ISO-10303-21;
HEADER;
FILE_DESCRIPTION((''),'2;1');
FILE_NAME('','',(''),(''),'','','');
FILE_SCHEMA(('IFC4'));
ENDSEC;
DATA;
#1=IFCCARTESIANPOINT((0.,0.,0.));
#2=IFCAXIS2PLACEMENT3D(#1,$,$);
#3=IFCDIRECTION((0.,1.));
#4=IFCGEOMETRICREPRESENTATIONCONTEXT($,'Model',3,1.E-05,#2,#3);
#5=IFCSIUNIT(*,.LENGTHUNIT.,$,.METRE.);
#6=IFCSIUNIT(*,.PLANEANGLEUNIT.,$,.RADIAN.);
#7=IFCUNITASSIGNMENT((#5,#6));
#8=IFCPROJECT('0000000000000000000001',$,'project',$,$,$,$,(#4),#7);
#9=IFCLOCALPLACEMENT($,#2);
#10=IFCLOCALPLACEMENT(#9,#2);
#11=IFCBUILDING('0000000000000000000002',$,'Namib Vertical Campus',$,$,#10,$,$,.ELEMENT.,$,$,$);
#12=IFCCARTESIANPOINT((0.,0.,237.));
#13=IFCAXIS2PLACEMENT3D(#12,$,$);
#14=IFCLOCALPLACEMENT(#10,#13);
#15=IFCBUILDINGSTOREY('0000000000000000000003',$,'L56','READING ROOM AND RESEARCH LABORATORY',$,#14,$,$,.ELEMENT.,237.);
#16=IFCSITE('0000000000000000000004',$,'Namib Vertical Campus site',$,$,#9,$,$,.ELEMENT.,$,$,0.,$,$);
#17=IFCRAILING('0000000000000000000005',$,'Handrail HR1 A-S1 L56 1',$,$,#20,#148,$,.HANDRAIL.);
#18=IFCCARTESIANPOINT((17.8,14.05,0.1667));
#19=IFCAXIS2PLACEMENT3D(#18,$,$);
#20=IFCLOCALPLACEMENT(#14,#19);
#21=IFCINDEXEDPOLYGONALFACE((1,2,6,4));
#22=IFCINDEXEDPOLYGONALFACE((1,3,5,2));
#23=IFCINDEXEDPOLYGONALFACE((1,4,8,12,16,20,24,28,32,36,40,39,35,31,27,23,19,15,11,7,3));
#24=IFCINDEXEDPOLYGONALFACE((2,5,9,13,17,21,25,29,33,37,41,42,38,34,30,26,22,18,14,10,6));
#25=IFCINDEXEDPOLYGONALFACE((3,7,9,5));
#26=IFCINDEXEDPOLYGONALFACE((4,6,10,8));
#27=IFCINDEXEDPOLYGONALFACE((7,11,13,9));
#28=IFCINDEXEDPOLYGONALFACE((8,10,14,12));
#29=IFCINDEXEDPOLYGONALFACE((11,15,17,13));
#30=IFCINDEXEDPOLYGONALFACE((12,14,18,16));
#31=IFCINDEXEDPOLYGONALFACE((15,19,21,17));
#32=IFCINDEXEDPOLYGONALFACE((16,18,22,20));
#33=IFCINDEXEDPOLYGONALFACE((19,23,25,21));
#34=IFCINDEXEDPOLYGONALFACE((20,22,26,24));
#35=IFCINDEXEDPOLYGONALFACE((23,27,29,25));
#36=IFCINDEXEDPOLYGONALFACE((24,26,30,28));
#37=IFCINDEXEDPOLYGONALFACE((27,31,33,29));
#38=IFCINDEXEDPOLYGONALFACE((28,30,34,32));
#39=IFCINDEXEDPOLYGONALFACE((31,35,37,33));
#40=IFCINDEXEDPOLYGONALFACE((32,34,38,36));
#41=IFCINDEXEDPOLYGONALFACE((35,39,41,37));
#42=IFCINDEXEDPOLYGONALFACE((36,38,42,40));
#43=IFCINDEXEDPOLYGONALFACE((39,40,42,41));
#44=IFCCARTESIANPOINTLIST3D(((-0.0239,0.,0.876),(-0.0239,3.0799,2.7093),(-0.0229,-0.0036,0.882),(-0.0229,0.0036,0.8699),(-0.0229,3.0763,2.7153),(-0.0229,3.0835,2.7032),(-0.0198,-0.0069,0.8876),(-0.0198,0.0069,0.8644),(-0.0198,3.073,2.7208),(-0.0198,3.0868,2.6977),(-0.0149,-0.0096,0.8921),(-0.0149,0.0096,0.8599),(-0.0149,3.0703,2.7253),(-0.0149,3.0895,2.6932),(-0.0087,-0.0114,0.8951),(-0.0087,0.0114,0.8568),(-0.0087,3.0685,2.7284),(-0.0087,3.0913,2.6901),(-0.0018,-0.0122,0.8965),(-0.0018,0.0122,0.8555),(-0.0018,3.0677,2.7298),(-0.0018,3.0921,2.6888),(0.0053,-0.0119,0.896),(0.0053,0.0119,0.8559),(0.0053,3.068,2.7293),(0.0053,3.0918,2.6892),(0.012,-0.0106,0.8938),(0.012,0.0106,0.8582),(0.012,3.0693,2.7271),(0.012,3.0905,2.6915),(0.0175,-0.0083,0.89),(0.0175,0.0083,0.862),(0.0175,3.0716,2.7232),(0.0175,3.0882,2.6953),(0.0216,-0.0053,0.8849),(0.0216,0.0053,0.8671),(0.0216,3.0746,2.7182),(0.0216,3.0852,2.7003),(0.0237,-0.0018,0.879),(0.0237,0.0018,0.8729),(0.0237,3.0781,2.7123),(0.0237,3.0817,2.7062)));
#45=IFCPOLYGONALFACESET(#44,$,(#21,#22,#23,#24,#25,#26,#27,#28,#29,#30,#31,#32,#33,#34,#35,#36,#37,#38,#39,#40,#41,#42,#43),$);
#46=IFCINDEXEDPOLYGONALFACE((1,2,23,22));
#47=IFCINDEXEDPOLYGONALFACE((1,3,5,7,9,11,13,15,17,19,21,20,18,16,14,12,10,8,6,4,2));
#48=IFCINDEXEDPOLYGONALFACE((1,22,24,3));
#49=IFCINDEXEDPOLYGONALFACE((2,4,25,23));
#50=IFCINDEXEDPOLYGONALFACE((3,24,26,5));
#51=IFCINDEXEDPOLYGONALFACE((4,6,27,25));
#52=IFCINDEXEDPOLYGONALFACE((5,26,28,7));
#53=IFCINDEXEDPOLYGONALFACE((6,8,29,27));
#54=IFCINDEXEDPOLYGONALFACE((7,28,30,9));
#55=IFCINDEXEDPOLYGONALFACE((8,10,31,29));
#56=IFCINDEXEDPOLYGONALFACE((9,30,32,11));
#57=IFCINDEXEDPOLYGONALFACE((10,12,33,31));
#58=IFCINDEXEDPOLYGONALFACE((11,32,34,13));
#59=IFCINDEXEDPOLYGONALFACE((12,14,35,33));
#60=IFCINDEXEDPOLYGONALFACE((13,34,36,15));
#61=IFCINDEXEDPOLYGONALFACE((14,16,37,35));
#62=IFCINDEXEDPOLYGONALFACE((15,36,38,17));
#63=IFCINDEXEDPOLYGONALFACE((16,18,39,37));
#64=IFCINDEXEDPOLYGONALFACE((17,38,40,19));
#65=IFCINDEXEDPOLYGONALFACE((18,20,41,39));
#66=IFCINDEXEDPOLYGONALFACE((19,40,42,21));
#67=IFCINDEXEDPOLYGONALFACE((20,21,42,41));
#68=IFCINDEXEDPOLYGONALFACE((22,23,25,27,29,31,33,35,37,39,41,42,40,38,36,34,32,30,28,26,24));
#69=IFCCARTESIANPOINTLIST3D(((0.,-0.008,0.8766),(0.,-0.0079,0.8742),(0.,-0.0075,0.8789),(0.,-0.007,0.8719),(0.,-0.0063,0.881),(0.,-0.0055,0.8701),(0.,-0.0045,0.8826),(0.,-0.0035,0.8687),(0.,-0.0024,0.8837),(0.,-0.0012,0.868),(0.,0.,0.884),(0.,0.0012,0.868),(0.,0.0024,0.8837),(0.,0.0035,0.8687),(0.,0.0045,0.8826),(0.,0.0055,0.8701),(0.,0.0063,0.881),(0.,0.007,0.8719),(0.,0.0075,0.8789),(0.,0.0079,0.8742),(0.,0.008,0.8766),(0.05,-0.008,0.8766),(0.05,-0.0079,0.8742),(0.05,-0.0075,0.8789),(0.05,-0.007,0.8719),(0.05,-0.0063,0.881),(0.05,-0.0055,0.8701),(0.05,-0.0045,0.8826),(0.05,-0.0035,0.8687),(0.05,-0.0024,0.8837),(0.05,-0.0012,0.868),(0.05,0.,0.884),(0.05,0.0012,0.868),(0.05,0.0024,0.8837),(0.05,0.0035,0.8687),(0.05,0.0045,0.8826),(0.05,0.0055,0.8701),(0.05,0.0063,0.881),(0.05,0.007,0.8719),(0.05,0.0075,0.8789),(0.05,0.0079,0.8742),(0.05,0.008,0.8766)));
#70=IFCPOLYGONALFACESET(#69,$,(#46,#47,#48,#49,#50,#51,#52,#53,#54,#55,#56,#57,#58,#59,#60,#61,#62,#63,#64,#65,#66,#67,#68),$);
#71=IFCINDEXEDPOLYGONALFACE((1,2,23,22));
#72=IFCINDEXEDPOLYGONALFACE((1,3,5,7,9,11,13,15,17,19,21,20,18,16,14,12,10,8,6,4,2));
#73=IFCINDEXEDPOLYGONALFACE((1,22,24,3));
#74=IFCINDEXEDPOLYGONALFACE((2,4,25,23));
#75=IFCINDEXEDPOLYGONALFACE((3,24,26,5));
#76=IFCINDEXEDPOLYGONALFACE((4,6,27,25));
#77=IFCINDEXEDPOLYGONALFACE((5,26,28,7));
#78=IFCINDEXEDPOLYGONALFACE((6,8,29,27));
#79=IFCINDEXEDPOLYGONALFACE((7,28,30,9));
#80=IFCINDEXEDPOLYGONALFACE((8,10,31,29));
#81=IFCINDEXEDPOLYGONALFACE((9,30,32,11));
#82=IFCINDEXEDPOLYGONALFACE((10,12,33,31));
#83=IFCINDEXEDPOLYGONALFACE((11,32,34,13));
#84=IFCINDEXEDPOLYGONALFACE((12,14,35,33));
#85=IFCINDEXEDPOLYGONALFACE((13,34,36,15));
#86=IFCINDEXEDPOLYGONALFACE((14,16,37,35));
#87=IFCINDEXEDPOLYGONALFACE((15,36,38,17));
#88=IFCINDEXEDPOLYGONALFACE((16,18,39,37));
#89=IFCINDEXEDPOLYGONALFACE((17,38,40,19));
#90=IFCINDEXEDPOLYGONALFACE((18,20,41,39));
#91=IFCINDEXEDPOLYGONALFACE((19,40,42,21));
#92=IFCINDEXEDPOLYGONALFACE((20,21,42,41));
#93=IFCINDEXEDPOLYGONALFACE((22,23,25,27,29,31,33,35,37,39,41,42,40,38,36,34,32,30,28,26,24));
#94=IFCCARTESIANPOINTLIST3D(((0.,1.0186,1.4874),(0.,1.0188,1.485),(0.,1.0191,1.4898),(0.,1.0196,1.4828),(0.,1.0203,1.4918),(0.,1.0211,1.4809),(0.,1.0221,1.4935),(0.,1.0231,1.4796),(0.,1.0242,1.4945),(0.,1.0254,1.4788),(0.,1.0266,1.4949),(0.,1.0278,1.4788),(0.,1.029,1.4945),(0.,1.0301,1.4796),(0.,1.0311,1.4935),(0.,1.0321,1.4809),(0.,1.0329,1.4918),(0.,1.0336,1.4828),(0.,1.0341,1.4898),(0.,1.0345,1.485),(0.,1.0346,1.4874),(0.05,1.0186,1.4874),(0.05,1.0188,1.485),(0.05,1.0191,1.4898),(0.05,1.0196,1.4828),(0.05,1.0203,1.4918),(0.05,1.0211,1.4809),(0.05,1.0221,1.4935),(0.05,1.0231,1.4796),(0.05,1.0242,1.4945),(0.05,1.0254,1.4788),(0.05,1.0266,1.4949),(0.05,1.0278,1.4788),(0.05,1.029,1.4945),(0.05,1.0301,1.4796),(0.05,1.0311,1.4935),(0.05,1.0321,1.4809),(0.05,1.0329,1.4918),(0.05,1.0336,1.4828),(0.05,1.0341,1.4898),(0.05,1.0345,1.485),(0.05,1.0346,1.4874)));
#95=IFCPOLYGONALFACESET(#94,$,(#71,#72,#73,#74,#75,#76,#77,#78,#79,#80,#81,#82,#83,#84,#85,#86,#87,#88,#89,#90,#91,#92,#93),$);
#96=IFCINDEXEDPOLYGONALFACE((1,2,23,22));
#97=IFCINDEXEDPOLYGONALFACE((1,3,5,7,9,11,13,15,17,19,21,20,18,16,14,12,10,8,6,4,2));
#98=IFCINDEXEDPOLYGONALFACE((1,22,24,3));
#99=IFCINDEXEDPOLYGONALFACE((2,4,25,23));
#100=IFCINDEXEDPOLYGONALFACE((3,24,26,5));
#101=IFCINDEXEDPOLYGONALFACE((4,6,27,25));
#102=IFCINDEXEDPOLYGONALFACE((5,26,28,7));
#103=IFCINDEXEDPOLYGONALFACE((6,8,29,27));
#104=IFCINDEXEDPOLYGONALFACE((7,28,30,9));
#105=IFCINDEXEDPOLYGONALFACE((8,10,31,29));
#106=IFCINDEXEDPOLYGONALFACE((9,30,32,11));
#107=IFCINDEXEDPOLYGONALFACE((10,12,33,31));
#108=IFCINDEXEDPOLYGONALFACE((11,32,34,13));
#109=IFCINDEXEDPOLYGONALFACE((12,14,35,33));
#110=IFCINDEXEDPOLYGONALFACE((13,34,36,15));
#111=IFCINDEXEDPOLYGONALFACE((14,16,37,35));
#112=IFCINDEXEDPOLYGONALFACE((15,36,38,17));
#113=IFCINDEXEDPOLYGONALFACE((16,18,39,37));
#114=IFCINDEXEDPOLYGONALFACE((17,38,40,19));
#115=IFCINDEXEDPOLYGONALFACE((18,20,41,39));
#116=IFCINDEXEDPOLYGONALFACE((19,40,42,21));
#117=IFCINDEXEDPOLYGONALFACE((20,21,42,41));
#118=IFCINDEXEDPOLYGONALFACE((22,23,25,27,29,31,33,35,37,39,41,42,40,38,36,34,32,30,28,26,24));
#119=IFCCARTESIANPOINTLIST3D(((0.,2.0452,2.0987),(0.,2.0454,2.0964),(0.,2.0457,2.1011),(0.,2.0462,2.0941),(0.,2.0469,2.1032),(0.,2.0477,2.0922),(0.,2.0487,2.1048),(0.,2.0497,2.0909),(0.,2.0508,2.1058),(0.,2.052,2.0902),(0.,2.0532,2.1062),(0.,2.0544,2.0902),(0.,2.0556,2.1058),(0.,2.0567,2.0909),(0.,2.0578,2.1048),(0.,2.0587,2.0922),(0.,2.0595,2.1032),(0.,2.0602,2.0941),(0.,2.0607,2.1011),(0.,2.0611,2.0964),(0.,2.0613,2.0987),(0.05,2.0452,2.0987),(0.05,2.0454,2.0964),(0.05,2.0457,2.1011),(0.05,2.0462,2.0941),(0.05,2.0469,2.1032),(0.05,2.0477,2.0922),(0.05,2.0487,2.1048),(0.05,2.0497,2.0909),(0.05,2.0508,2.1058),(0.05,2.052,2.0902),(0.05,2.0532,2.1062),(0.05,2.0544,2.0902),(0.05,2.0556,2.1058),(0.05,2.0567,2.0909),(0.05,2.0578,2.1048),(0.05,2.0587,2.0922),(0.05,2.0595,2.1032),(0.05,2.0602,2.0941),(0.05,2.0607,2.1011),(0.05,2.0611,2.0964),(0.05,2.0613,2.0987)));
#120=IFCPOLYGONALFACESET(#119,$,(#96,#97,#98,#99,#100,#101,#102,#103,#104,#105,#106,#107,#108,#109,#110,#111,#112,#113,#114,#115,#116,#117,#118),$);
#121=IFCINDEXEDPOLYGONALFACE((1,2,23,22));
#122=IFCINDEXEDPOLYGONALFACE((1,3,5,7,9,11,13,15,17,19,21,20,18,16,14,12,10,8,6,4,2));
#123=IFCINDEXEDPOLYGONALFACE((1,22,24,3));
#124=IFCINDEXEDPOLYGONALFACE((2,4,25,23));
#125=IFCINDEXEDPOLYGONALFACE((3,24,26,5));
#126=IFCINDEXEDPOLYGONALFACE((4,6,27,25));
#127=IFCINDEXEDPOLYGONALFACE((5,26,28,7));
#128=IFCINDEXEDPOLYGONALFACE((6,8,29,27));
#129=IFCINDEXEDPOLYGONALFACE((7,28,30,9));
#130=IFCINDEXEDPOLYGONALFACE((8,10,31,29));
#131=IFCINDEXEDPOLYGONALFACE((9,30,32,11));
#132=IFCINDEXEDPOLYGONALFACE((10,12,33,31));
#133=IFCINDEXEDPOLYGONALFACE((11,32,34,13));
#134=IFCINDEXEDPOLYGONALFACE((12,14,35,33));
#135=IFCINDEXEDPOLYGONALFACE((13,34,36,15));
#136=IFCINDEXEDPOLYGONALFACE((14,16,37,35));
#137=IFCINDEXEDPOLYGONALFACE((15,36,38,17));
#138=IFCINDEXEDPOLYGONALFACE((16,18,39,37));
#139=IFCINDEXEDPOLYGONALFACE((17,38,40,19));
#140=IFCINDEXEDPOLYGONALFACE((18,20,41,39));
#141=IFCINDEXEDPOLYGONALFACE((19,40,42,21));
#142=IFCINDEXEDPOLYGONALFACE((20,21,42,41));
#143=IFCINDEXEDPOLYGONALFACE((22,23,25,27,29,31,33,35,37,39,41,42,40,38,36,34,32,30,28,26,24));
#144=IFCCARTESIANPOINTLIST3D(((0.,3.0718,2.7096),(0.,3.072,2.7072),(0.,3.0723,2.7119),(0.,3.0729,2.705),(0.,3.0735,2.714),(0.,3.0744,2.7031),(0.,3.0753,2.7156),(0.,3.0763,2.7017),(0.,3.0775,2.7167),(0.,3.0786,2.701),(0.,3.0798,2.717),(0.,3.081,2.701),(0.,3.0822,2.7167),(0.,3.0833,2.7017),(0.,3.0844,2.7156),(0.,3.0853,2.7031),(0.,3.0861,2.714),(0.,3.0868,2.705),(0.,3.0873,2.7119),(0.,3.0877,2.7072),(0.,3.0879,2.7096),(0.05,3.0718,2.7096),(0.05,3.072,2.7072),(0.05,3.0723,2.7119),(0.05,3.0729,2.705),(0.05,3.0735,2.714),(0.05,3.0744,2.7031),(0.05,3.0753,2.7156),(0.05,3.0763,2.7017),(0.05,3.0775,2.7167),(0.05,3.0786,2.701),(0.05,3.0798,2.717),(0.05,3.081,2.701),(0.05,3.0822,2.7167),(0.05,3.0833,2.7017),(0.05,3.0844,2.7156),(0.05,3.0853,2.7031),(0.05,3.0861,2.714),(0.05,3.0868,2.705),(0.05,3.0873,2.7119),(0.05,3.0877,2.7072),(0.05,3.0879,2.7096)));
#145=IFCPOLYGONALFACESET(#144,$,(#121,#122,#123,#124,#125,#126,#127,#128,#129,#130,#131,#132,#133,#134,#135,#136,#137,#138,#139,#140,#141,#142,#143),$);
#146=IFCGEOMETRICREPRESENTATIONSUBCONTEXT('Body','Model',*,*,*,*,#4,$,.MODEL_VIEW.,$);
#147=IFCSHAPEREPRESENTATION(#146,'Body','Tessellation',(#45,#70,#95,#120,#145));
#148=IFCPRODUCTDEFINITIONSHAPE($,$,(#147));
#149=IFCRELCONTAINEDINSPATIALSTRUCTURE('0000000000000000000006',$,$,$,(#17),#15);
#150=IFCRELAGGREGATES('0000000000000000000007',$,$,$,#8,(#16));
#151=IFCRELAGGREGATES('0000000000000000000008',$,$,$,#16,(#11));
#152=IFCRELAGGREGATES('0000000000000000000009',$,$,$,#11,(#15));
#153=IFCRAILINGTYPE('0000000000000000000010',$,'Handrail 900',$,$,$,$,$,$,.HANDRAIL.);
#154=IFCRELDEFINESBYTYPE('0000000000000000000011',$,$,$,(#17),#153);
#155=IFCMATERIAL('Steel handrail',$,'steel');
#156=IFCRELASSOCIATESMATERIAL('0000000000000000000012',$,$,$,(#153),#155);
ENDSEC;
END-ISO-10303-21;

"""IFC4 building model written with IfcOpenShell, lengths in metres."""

from ifc_helpers import new_model, si_unit, direction, frame, origin, origin_2d, place, context, subcontext, project, spatial, circle, extrude, material, type_object, element, save


model = new_model("IFC4")

# Units and contexts
model_context = context("Model", 3, precision=1e-05, world=origin(), true_north=direction((0.0, 1.0)))
body_context = subcontext(model_context, "Body", "Model", "MODEL_VIEW")
ifc_project = project(units=[si_unit("LENGTHUNIT", "METRE"), si_unit("PLANEANGLEUNIT", "RADIAN")], contexts=[model_context])

# Site, building, storey
site_placement = place(None, origin())
site = spatial("IfcSite", under=ifc_project, at=site_placement, Name="Namib Vertical Campus site", CompositionType="ELEMENT", RefElevation=0.0)
building_placement = place(site_placement, origin())
building = spatial("IfcBuilding", under=site, at=building_placement, Name="Namib Vertical Campus", CompositionType="ELEMENT")
storey_placement = place(building_placement, frame((0.0, 0.0, 237.0)))
storey = spatial("IfcBuildingStorey", under=building, at=storey_placement, Name="L56", Description="READING ROOM AND RESEARCH LABORATORY", CompositionType="ELEMENT", Elevation=237.0)

# Railing
ifc_material_1 = material(Name="Steel handrail", Category="steel")
railing_type_1 = type_object("IfcRailingType", Name="Handrail 900", PredefinedType="HANDRAIL", material=ifc_material_1)
railing_1_placement = place(storey_placement, frame((17.8, 14.05, 0.1667)))
element("IfcRailing", 1, at=railing_1_placement, inside=storey, type_object=railing_type_1, Name="Handrail HR1 A-S1 L56 1", PredefinedType="HANDRAIL", context=body_context, shape_type="SweptSolid", body=[
    extrude(circle(Radius=0.0239, at=origin_2d()), frame((0.0, 0.0, 0.876), z_axis=(0.0, 0.859291, 0.511487), x_axis=(-1.0, 0.0, 0.0)), (0.0, 0.0, 1.0), 3.5842),
    extrude(circle(Radius=0.0081, at=origin_2d()), frame((0.0, 0.0, 0.876), z_axis=(1.0, 0.0, 0.0), x_axis=(0.0, 0.0, 1.0)), (0.0, 0.0, 1.0), 0.05),
    extrude(circle(Radius=0.0081, at=origin_2d()), frame((0.0, 1.0266, 1.4868), z_axis=(1.0, 0.0, 0.0), x_axis=(0.0, 0.0, 1.0)), (0.0, 0.0, 1.0), 0.05),
    extrude(circle(Radius=0.0081, at=origin_2d()), frame((0.0, 2.0532, 2.0981), z_axis=(1.0, 0.0, 0.0), x_axis=(0.0, 0.0, 1.0)), (0.0, 0.0, 1.0), 0.05),
    extrude(circle(Radius=0.0081, at=origin_2d()), frame((0.0, 3.0798, 2.709), z_axis=(1.0, 0.0, 0.0), x_axis=(0.0, 0.0, 1.0)), (0.0, 0.0, 1.0), 0.05),
])

save(model, "model.ifc")
